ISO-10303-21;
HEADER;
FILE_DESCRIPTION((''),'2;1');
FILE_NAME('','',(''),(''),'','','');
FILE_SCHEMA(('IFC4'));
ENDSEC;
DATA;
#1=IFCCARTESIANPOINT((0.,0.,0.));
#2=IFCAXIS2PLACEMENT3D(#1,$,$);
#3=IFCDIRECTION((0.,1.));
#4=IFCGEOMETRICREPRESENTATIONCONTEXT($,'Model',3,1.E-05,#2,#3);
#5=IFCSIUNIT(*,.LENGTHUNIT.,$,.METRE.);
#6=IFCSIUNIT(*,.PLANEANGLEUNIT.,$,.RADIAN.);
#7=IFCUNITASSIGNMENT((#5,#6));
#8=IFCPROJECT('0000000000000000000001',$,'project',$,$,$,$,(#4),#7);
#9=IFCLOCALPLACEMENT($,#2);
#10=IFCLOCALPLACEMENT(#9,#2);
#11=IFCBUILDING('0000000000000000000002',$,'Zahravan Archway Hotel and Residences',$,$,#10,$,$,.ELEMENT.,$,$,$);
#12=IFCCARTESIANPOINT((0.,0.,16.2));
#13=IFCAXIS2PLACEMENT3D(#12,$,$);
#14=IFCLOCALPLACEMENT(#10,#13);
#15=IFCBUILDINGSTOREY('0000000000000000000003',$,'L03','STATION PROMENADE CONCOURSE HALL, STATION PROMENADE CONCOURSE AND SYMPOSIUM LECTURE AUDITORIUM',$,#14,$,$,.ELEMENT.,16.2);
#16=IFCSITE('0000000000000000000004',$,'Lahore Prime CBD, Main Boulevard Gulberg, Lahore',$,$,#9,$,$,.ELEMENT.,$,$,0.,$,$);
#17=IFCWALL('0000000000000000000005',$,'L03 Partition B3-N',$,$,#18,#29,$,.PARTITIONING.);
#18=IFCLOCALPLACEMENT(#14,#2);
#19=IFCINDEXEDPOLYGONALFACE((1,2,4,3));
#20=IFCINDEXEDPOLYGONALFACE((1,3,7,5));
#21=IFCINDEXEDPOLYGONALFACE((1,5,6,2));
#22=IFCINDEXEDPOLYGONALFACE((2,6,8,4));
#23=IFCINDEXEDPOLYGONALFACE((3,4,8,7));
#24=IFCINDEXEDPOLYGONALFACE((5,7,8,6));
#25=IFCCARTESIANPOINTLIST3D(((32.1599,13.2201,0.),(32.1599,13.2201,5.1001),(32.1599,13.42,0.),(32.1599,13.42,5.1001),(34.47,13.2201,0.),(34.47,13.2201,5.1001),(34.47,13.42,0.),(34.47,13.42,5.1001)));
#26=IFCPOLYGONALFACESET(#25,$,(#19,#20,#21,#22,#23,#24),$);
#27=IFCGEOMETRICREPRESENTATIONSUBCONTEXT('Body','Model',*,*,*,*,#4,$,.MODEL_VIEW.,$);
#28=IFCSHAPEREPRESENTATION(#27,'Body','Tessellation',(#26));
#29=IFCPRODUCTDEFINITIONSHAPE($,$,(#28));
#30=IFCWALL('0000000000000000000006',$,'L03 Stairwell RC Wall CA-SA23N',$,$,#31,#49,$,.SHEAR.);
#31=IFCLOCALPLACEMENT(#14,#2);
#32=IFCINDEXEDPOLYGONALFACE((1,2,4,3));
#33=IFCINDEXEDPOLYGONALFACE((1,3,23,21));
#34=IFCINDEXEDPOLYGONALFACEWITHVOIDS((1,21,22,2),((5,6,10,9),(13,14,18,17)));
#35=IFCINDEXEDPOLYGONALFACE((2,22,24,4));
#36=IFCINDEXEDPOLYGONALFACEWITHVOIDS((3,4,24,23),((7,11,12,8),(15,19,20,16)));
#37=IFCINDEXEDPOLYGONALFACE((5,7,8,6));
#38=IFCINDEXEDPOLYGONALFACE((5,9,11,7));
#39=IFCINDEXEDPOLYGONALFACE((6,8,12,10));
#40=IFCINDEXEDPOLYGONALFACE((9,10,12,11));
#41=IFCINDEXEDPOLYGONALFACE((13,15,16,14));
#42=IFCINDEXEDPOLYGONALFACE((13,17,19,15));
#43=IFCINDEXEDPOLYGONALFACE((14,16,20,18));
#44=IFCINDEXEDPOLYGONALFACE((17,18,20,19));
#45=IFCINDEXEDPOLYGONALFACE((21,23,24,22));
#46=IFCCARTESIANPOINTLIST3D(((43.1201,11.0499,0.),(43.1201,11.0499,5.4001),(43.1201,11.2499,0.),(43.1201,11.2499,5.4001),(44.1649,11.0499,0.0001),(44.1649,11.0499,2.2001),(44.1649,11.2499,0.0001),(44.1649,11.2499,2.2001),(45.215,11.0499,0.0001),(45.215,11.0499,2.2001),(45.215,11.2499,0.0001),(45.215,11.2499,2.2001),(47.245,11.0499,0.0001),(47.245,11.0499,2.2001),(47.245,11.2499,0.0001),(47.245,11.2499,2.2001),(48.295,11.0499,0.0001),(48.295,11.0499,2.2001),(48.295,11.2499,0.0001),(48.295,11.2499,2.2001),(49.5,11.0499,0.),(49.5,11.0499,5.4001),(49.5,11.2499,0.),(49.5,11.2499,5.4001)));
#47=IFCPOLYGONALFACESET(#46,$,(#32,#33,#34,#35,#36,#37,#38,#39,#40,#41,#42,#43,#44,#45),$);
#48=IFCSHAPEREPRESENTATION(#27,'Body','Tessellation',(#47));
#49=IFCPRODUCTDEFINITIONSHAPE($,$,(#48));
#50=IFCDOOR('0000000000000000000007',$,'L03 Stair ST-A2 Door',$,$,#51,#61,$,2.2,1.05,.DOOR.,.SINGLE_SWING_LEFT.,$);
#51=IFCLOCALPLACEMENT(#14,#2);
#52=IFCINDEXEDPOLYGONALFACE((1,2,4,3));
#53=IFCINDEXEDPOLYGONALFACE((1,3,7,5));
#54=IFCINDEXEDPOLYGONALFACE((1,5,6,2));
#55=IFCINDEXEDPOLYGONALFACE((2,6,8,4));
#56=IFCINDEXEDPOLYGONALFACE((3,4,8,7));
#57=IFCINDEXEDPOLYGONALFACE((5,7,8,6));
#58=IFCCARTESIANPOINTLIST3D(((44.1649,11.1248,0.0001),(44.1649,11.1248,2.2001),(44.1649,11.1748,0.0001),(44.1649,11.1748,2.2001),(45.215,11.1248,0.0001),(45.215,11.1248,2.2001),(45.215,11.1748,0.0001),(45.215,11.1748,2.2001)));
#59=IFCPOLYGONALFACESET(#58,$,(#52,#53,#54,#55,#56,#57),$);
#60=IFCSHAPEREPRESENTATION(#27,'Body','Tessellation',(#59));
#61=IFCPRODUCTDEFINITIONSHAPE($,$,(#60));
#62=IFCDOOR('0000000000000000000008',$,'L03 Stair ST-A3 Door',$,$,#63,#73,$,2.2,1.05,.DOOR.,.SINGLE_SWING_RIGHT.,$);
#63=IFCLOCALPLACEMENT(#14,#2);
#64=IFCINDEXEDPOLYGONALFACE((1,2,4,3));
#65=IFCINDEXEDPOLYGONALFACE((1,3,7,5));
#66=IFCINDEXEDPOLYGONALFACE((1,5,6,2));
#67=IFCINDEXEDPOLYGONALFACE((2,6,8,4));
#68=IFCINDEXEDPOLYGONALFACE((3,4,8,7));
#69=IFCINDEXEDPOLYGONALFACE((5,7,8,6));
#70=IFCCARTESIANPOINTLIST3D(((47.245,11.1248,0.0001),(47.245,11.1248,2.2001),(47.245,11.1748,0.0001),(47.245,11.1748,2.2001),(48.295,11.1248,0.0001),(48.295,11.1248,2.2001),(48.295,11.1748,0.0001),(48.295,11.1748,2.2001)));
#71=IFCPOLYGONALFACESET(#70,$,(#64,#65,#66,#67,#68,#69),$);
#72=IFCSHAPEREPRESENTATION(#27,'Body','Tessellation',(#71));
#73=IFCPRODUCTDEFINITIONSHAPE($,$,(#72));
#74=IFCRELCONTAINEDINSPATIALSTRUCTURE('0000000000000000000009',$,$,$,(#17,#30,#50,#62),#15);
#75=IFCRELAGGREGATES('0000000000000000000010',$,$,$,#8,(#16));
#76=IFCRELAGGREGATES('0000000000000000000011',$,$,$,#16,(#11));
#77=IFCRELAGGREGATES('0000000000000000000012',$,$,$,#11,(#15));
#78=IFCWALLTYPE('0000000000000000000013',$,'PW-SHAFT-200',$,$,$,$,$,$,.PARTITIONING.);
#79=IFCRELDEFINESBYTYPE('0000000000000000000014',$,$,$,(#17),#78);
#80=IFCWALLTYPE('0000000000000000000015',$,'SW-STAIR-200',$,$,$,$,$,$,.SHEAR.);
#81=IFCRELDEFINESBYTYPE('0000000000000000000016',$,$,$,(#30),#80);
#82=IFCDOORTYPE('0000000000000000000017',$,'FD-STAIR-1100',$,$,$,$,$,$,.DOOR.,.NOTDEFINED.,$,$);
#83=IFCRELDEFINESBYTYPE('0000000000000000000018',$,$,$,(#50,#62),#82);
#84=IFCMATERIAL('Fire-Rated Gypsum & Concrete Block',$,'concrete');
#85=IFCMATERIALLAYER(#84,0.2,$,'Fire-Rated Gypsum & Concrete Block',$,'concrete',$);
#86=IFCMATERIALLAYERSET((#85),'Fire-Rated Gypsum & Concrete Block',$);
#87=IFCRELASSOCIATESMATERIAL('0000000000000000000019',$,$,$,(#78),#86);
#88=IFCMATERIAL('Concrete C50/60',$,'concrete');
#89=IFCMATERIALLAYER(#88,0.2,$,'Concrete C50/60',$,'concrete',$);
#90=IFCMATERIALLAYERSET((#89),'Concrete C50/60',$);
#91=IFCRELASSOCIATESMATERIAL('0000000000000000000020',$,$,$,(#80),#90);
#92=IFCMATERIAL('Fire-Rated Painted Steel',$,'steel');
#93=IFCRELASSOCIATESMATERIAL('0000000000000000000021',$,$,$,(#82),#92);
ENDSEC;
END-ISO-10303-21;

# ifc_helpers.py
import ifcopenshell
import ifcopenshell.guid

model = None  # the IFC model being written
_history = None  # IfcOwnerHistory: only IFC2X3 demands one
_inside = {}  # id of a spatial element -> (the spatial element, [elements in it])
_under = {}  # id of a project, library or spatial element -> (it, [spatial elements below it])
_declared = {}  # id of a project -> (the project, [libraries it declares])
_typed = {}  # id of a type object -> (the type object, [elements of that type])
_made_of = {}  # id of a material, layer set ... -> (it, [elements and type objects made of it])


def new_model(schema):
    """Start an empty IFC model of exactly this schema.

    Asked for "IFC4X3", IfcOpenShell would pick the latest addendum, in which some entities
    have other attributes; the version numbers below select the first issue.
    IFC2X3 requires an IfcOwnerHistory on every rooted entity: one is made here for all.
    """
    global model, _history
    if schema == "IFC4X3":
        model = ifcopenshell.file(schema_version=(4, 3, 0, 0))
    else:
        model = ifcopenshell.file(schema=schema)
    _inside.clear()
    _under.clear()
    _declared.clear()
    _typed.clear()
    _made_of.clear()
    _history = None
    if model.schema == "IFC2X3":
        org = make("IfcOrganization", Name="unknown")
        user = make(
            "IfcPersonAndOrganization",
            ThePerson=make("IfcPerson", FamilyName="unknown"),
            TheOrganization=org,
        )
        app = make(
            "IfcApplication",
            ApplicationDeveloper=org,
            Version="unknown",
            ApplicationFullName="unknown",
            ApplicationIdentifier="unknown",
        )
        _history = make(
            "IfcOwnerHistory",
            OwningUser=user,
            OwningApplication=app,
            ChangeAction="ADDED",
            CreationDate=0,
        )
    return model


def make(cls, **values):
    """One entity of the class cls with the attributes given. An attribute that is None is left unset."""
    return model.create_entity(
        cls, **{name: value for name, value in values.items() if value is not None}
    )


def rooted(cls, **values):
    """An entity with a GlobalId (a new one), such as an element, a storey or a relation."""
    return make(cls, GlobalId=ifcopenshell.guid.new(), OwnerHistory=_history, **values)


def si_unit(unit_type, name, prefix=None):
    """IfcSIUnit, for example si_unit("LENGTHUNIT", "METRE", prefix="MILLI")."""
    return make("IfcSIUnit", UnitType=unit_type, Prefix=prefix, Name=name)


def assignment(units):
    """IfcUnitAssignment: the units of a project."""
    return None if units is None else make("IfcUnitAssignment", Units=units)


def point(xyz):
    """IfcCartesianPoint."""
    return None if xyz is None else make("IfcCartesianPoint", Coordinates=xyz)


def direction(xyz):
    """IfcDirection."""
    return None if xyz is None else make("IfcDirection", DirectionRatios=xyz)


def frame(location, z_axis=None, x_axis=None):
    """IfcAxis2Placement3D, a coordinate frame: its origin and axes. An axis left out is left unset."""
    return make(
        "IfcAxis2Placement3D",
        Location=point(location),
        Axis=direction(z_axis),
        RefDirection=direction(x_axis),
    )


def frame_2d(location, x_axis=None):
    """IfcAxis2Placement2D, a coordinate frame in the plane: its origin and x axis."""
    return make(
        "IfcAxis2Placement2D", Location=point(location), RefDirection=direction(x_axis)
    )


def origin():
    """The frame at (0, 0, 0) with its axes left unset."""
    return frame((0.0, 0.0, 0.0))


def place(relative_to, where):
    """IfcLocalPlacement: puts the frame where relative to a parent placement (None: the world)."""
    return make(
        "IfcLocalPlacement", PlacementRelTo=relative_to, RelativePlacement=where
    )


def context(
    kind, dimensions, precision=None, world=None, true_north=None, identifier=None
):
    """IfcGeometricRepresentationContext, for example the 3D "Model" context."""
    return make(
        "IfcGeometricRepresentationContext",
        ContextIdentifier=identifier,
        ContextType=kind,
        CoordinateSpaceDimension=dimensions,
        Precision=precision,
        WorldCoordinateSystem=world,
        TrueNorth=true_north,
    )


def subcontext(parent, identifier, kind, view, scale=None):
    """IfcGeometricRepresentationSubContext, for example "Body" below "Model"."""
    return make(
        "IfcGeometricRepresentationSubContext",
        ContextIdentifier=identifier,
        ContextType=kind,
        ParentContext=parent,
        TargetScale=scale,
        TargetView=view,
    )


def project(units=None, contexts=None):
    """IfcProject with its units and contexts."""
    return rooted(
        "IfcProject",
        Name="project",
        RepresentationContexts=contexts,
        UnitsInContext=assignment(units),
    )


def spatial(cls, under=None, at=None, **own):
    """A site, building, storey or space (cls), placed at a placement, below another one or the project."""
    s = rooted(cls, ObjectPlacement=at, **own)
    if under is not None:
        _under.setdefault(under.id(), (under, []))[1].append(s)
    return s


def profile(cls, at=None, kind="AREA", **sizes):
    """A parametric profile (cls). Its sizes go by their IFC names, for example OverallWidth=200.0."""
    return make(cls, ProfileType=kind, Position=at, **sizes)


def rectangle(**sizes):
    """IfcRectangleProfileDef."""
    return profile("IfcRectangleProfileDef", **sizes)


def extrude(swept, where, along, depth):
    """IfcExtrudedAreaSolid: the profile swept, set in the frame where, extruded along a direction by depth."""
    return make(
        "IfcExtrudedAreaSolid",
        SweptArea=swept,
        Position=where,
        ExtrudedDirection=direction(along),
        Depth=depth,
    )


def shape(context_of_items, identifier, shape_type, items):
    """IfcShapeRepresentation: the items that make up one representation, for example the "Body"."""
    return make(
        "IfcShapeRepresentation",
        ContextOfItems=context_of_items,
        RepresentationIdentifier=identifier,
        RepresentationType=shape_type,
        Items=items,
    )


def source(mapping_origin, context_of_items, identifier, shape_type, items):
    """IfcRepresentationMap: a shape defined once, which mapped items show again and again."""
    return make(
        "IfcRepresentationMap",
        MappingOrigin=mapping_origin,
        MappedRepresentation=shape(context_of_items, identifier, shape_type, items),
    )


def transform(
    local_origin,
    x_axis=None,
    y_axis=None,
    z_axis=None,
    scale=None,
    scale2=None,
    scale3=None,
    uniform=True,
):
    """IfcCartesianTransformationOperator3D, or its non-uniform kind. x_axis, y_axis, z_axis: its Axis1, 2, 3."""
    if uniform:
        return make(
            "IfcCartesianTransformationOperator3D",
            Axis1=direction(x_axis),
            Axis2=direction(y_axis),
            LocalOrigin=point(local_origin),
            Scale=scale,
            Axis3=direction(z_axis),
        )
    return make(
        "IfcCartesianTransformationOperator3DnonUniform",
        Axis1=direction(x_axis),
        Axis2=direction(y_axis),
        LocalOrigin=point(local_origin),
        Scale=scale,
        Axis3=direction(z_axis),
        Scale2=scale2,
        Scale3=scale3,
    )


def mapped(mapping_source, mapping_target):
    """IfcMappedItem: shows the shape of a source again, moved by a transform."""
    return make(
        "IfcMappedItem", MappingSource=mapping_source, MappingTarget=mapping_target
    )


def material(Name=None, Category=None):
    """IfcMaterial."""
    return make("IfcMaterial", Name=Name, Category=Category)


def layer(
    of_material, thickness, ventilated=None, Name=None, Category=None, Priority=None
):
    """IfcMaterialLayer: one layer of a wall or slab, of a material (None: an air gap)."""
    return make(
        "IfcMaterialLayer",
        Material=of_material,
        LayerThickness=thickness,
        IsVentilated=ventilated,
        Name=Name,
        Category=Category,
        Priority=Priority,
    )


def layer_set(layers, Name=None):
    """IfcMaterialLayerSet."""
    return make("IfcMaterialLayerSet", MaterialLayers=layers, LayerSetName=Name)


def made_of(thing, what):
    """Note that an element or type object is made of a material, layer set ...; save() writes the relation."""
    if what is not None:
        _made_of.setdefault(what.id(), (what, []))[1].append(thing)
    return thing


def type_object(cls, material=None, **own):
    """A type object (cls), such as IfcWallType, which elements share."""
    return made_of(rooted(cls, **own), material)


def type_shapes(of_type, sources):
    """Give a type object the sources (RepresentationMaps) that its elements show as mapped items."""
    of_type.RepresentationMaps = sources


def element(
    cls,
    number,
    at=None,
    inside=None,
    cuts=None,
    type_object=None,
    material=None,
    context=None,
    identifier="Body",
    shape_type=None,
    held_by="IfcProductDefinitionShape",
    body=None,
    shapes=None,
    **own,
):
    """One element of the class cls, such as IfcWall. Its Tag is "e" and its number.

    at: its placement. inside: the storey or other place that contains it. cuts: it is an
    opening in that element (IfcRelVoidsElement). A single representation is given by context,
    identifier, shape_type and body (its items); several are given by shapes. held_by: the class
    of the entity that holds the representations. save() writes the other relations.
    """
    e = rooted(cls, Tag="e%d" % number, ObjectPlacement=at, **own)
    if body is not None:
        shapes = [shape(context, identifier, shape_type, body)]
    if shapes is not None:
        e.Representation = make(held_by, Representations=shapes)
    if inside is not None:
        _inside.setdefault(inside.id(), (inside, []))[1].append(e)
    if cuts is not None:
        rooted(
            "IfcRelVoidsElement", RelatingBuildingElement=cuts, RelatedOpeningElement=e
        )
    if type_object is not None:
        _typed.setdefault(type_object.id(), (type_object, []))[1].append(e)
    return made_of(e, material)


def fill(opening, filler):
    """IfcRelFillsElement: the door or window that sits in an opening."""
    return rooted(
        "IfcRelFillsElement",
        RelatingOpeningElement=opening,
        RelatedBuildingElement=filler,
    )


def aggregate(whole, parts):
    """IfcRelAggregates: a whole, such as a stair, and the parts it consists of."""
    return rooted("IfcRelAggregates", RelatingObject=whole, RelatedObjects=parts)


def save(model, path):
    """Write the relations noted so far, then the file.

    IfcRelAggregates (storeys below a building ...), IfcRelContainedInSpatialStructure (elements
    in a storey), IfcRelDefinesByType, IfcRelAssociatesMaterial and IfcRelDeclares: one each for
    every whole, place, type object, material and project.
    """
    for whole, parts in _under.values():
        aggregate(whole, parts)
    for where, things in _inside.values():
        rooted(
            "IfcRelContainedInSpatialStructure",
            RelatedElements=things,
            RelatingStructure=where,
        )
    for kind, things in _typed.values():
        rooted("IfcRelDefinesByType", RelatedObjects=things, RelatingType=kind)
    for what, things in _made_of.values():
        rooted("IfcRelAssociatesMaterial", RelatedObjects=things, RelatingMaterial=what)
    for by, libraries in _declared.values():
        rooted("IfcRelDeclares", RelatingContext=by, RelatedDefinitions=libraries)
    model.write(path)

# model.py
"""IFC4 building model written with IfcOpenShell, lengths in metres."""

from ifc_helpers import new_model, si_unit, direction, frame, frame_2d, origin, place, context, subcontext, project, spatial, rectangle, extrude, source, transform, mapped, material, layer, layer_set, type_object, type_shapes, element, fill, save


model = new_model("IFC4")

# Units and contexts
model_context = context("Model", 3, precision=1e-05, world=origin(), true_north=direction((0.0, 1.0)))
body_context = subcontext(model_context, "Body", "Model", "MODEL_VIEW")
ifc_project = project(units=[si_unit("LENGTHUNIT", "METRE"), si_unit("PLANEANGLEUNIT", "RADIAN")], contexts=[model_context])

# Site, building, storey
site_placement = place(None, origin())
site = spatial("IfcSite", under=ifc_project, at=site_placement, Name="Lahore Prime CBD, Main Boulevard Gulberg, Lahore", CompositionType="ELEMENT", RefElevation=0.0)
building_placement = place(site_placement, origin())
building = spatial("IfcBuilding", under=site, at=building_placement, Name="Zahravan Archway Hotel and Residences", CompositionType="ELEMENT")
storey_placement = place(building_placement, frame((0.0, 0.0, 16.2)))
storey = spatial("IfcBuildingStorey", under=building, at=storey_placement, Name="L03", Description="STATION PROMENADE CONCOURSE HALL, STATION PROMENADE CONCOURSE AND SYMPOSIUM LECTURE AUDITORIUM", CompositionType="ELEMENT", Elevation=16.2)

# Shared definitions
ifc_material_1 = material(Name="Fire-Rated Painted Steel", Category="steel")

# Shared definitions
ifc_material_2 = material(Name="Fire-Rated Gypsum & Concrete Block", Category="concrete")

# Wall
ifc_layer_1 = layer(ifc_material_2, 0.2, Name="Fire-Rated Gypsum & Concrete Block", Category="concrete")
ifc_layer_set_1 = layer_set([ifc_layer_1], Name="Fire-Rated Gypsum & Concrete Block")
wall_type_1 = type_object("IfcWallType", Name="PW-SHAFT-200", PredefinedType="PARTITIONING", material=ifc_layer_set_1)
wall_1_placement = place(storey_placement, frame((32.1599, 13.3201, 0.0), z_axis=(0.0, 0.0, 1.0), x_axis=(1.0, 0.0, 0.0)))
element("IfcWall", 1, at=wall_1_placement, inside=storey, type_object=wall_type_1, Name="L03 Partition B3-N", PredefinedType="PARTITIONING", context=body_context, shape_type="SweptSolid", body=[
    extrude(rectangle(XDim=2.3101, YDim=0.2, at=frame_2d((1.155, 0.0))), origin(), (0.0, 0.0, 1.0), 5.1001),
])

# Wall, openings, doors
ifc_material_3 = material(Name="Concrete C50/60", Category="concrete")
ifc_layer_2 = layer(ifc_material_3, 0.2, Name="Concrete C50/60", Category="concrete")
ifc_layer_set_2 = layer_set([ifc_layer_2], Name="Concrete C50/60")
wall_type_2 = type_object("IfcWallType", Name="SW-STAIR-200", PredefinedType="SHEAR", material=ifc_layer_set_2)
wall_2_placement = place(storey_placement, frame((43.1201, 11.1499, 0.0), z_axis=(0.0, 0.0, 1.0), x_axis=(1.0, 0.0, 0.0)))
wall_2 = element("IfcWall", 2, at=wall_2_placement, inside=storey, type_object=wall_type_2, Name="L03 Stairwell RC Wall CA-SA23N", PredefinedType="SHEAR", context=body_context, shape_type="SweptSolid", body=[
    extrude(rectangle(XDim=6.3799, YDim=0.2, at=frame_2d((3.1899, 0.0))), origin(), (0.0, 0.0, 1.0), 5.4001),
])
opening_1_placement = place(wall_2_placement, frame((1.0449, 0.0, 0.0)))
opening_1 = element("IfcOpeningElement", 3, at=opening_1_placement, cuts=wall_2, PredefinedType="OPENING", context=body_context, shape_type="SweptSolid", body=[
    extrude(rectangle(XDim=1.05, YDim=2.2, at=frame_2d((0.5249, 1.1001))), frame((0.0, 0.1099, 0.0), z_axis=(0.0, -1.0, 0.0), x_axis=(1.0, 0.0, 0.0)), (0.0, 0.0, 1.0), 0.22),
])
opening_2_placement = place(wall_2_placement, frame((4.125, 0.0, 0.0)))
opening_2 = element("IfcOpeningElement", 4, at=opening_2_placement, cuts=wall_2, PredefinedType="OPENING", context=body_context, shape_type="SweptSolid", body=[
    extrude(rectangle(XDim=1.05, YDim=2.2, at=frame_2d((0.5249, 1.1001))), frame((0.0, 0.1099, 0.0), z_axis=(0.0, -1.0, 0.0), x_axis=(1.0, 0.0, 0.0)), (0.0, 0.0, 1.0), 0.22),
])
door_type_1 = type_object("IfcDoorType", Name="FD-STAIR-1100", OperationType="NOTDEFINED", PredefinedType="DOOR", material=ifc_material_1)
shared_shape_1 = source(origin(), body_context, "Body", "SweptSolid", [
    extrude(rectangle(XDim=1.05, YDim=2.2, at=frame_2d((0.5249, 1.1001))), frame((0.0, 0.0249, 0.0), z_axis=(0.0, -1.0, 0.0), x_axis=(1.0, 0.0, 0.0)), (0.0, 0.0, 1.0), 0.05),
])
type_shapes(door_type_1, [shared_shape_1])
door_1_placement = place(opening_1_placement, origin())
door_1 = element("IfcDoor", 5, at=door_1_placement, inside=storey, type_object=door_type_1, Name="L03 Stair ST-A2 Door", OperationType="SINGLE_SWING_LEFT", OverallHeight=2.2, OverallWidth=1.05, PredefinedType="DOOR", context=body_context, shape_type="MappedRepresentation", body=[
    mapped(shared_shape_1, transform((0.0, 0.0, 0.0), scale=1.0)),
])
fill(opening_1, door_1)
door_2_placement = place(opening_2_placement, origin())
door_2 = element("IfcDoor", 6, at=door_2_placement, inside=storey, type_object=door_type_1, Name="L03 Stair ST-A3 Door", OperationType="SINGLE_SWING_RIGHT", OverallHeight=2.2, OverallWidth=1.05, PredefinedType="DOOR", context=body_context, shape_type="MappedRepresentation", body=[
    mapped(shared_shape_1, transform((0.0, 0.0, 0.0), scale=1.0)),
])
fill(opening_2, door_2)

save(model, "model.ifc")
